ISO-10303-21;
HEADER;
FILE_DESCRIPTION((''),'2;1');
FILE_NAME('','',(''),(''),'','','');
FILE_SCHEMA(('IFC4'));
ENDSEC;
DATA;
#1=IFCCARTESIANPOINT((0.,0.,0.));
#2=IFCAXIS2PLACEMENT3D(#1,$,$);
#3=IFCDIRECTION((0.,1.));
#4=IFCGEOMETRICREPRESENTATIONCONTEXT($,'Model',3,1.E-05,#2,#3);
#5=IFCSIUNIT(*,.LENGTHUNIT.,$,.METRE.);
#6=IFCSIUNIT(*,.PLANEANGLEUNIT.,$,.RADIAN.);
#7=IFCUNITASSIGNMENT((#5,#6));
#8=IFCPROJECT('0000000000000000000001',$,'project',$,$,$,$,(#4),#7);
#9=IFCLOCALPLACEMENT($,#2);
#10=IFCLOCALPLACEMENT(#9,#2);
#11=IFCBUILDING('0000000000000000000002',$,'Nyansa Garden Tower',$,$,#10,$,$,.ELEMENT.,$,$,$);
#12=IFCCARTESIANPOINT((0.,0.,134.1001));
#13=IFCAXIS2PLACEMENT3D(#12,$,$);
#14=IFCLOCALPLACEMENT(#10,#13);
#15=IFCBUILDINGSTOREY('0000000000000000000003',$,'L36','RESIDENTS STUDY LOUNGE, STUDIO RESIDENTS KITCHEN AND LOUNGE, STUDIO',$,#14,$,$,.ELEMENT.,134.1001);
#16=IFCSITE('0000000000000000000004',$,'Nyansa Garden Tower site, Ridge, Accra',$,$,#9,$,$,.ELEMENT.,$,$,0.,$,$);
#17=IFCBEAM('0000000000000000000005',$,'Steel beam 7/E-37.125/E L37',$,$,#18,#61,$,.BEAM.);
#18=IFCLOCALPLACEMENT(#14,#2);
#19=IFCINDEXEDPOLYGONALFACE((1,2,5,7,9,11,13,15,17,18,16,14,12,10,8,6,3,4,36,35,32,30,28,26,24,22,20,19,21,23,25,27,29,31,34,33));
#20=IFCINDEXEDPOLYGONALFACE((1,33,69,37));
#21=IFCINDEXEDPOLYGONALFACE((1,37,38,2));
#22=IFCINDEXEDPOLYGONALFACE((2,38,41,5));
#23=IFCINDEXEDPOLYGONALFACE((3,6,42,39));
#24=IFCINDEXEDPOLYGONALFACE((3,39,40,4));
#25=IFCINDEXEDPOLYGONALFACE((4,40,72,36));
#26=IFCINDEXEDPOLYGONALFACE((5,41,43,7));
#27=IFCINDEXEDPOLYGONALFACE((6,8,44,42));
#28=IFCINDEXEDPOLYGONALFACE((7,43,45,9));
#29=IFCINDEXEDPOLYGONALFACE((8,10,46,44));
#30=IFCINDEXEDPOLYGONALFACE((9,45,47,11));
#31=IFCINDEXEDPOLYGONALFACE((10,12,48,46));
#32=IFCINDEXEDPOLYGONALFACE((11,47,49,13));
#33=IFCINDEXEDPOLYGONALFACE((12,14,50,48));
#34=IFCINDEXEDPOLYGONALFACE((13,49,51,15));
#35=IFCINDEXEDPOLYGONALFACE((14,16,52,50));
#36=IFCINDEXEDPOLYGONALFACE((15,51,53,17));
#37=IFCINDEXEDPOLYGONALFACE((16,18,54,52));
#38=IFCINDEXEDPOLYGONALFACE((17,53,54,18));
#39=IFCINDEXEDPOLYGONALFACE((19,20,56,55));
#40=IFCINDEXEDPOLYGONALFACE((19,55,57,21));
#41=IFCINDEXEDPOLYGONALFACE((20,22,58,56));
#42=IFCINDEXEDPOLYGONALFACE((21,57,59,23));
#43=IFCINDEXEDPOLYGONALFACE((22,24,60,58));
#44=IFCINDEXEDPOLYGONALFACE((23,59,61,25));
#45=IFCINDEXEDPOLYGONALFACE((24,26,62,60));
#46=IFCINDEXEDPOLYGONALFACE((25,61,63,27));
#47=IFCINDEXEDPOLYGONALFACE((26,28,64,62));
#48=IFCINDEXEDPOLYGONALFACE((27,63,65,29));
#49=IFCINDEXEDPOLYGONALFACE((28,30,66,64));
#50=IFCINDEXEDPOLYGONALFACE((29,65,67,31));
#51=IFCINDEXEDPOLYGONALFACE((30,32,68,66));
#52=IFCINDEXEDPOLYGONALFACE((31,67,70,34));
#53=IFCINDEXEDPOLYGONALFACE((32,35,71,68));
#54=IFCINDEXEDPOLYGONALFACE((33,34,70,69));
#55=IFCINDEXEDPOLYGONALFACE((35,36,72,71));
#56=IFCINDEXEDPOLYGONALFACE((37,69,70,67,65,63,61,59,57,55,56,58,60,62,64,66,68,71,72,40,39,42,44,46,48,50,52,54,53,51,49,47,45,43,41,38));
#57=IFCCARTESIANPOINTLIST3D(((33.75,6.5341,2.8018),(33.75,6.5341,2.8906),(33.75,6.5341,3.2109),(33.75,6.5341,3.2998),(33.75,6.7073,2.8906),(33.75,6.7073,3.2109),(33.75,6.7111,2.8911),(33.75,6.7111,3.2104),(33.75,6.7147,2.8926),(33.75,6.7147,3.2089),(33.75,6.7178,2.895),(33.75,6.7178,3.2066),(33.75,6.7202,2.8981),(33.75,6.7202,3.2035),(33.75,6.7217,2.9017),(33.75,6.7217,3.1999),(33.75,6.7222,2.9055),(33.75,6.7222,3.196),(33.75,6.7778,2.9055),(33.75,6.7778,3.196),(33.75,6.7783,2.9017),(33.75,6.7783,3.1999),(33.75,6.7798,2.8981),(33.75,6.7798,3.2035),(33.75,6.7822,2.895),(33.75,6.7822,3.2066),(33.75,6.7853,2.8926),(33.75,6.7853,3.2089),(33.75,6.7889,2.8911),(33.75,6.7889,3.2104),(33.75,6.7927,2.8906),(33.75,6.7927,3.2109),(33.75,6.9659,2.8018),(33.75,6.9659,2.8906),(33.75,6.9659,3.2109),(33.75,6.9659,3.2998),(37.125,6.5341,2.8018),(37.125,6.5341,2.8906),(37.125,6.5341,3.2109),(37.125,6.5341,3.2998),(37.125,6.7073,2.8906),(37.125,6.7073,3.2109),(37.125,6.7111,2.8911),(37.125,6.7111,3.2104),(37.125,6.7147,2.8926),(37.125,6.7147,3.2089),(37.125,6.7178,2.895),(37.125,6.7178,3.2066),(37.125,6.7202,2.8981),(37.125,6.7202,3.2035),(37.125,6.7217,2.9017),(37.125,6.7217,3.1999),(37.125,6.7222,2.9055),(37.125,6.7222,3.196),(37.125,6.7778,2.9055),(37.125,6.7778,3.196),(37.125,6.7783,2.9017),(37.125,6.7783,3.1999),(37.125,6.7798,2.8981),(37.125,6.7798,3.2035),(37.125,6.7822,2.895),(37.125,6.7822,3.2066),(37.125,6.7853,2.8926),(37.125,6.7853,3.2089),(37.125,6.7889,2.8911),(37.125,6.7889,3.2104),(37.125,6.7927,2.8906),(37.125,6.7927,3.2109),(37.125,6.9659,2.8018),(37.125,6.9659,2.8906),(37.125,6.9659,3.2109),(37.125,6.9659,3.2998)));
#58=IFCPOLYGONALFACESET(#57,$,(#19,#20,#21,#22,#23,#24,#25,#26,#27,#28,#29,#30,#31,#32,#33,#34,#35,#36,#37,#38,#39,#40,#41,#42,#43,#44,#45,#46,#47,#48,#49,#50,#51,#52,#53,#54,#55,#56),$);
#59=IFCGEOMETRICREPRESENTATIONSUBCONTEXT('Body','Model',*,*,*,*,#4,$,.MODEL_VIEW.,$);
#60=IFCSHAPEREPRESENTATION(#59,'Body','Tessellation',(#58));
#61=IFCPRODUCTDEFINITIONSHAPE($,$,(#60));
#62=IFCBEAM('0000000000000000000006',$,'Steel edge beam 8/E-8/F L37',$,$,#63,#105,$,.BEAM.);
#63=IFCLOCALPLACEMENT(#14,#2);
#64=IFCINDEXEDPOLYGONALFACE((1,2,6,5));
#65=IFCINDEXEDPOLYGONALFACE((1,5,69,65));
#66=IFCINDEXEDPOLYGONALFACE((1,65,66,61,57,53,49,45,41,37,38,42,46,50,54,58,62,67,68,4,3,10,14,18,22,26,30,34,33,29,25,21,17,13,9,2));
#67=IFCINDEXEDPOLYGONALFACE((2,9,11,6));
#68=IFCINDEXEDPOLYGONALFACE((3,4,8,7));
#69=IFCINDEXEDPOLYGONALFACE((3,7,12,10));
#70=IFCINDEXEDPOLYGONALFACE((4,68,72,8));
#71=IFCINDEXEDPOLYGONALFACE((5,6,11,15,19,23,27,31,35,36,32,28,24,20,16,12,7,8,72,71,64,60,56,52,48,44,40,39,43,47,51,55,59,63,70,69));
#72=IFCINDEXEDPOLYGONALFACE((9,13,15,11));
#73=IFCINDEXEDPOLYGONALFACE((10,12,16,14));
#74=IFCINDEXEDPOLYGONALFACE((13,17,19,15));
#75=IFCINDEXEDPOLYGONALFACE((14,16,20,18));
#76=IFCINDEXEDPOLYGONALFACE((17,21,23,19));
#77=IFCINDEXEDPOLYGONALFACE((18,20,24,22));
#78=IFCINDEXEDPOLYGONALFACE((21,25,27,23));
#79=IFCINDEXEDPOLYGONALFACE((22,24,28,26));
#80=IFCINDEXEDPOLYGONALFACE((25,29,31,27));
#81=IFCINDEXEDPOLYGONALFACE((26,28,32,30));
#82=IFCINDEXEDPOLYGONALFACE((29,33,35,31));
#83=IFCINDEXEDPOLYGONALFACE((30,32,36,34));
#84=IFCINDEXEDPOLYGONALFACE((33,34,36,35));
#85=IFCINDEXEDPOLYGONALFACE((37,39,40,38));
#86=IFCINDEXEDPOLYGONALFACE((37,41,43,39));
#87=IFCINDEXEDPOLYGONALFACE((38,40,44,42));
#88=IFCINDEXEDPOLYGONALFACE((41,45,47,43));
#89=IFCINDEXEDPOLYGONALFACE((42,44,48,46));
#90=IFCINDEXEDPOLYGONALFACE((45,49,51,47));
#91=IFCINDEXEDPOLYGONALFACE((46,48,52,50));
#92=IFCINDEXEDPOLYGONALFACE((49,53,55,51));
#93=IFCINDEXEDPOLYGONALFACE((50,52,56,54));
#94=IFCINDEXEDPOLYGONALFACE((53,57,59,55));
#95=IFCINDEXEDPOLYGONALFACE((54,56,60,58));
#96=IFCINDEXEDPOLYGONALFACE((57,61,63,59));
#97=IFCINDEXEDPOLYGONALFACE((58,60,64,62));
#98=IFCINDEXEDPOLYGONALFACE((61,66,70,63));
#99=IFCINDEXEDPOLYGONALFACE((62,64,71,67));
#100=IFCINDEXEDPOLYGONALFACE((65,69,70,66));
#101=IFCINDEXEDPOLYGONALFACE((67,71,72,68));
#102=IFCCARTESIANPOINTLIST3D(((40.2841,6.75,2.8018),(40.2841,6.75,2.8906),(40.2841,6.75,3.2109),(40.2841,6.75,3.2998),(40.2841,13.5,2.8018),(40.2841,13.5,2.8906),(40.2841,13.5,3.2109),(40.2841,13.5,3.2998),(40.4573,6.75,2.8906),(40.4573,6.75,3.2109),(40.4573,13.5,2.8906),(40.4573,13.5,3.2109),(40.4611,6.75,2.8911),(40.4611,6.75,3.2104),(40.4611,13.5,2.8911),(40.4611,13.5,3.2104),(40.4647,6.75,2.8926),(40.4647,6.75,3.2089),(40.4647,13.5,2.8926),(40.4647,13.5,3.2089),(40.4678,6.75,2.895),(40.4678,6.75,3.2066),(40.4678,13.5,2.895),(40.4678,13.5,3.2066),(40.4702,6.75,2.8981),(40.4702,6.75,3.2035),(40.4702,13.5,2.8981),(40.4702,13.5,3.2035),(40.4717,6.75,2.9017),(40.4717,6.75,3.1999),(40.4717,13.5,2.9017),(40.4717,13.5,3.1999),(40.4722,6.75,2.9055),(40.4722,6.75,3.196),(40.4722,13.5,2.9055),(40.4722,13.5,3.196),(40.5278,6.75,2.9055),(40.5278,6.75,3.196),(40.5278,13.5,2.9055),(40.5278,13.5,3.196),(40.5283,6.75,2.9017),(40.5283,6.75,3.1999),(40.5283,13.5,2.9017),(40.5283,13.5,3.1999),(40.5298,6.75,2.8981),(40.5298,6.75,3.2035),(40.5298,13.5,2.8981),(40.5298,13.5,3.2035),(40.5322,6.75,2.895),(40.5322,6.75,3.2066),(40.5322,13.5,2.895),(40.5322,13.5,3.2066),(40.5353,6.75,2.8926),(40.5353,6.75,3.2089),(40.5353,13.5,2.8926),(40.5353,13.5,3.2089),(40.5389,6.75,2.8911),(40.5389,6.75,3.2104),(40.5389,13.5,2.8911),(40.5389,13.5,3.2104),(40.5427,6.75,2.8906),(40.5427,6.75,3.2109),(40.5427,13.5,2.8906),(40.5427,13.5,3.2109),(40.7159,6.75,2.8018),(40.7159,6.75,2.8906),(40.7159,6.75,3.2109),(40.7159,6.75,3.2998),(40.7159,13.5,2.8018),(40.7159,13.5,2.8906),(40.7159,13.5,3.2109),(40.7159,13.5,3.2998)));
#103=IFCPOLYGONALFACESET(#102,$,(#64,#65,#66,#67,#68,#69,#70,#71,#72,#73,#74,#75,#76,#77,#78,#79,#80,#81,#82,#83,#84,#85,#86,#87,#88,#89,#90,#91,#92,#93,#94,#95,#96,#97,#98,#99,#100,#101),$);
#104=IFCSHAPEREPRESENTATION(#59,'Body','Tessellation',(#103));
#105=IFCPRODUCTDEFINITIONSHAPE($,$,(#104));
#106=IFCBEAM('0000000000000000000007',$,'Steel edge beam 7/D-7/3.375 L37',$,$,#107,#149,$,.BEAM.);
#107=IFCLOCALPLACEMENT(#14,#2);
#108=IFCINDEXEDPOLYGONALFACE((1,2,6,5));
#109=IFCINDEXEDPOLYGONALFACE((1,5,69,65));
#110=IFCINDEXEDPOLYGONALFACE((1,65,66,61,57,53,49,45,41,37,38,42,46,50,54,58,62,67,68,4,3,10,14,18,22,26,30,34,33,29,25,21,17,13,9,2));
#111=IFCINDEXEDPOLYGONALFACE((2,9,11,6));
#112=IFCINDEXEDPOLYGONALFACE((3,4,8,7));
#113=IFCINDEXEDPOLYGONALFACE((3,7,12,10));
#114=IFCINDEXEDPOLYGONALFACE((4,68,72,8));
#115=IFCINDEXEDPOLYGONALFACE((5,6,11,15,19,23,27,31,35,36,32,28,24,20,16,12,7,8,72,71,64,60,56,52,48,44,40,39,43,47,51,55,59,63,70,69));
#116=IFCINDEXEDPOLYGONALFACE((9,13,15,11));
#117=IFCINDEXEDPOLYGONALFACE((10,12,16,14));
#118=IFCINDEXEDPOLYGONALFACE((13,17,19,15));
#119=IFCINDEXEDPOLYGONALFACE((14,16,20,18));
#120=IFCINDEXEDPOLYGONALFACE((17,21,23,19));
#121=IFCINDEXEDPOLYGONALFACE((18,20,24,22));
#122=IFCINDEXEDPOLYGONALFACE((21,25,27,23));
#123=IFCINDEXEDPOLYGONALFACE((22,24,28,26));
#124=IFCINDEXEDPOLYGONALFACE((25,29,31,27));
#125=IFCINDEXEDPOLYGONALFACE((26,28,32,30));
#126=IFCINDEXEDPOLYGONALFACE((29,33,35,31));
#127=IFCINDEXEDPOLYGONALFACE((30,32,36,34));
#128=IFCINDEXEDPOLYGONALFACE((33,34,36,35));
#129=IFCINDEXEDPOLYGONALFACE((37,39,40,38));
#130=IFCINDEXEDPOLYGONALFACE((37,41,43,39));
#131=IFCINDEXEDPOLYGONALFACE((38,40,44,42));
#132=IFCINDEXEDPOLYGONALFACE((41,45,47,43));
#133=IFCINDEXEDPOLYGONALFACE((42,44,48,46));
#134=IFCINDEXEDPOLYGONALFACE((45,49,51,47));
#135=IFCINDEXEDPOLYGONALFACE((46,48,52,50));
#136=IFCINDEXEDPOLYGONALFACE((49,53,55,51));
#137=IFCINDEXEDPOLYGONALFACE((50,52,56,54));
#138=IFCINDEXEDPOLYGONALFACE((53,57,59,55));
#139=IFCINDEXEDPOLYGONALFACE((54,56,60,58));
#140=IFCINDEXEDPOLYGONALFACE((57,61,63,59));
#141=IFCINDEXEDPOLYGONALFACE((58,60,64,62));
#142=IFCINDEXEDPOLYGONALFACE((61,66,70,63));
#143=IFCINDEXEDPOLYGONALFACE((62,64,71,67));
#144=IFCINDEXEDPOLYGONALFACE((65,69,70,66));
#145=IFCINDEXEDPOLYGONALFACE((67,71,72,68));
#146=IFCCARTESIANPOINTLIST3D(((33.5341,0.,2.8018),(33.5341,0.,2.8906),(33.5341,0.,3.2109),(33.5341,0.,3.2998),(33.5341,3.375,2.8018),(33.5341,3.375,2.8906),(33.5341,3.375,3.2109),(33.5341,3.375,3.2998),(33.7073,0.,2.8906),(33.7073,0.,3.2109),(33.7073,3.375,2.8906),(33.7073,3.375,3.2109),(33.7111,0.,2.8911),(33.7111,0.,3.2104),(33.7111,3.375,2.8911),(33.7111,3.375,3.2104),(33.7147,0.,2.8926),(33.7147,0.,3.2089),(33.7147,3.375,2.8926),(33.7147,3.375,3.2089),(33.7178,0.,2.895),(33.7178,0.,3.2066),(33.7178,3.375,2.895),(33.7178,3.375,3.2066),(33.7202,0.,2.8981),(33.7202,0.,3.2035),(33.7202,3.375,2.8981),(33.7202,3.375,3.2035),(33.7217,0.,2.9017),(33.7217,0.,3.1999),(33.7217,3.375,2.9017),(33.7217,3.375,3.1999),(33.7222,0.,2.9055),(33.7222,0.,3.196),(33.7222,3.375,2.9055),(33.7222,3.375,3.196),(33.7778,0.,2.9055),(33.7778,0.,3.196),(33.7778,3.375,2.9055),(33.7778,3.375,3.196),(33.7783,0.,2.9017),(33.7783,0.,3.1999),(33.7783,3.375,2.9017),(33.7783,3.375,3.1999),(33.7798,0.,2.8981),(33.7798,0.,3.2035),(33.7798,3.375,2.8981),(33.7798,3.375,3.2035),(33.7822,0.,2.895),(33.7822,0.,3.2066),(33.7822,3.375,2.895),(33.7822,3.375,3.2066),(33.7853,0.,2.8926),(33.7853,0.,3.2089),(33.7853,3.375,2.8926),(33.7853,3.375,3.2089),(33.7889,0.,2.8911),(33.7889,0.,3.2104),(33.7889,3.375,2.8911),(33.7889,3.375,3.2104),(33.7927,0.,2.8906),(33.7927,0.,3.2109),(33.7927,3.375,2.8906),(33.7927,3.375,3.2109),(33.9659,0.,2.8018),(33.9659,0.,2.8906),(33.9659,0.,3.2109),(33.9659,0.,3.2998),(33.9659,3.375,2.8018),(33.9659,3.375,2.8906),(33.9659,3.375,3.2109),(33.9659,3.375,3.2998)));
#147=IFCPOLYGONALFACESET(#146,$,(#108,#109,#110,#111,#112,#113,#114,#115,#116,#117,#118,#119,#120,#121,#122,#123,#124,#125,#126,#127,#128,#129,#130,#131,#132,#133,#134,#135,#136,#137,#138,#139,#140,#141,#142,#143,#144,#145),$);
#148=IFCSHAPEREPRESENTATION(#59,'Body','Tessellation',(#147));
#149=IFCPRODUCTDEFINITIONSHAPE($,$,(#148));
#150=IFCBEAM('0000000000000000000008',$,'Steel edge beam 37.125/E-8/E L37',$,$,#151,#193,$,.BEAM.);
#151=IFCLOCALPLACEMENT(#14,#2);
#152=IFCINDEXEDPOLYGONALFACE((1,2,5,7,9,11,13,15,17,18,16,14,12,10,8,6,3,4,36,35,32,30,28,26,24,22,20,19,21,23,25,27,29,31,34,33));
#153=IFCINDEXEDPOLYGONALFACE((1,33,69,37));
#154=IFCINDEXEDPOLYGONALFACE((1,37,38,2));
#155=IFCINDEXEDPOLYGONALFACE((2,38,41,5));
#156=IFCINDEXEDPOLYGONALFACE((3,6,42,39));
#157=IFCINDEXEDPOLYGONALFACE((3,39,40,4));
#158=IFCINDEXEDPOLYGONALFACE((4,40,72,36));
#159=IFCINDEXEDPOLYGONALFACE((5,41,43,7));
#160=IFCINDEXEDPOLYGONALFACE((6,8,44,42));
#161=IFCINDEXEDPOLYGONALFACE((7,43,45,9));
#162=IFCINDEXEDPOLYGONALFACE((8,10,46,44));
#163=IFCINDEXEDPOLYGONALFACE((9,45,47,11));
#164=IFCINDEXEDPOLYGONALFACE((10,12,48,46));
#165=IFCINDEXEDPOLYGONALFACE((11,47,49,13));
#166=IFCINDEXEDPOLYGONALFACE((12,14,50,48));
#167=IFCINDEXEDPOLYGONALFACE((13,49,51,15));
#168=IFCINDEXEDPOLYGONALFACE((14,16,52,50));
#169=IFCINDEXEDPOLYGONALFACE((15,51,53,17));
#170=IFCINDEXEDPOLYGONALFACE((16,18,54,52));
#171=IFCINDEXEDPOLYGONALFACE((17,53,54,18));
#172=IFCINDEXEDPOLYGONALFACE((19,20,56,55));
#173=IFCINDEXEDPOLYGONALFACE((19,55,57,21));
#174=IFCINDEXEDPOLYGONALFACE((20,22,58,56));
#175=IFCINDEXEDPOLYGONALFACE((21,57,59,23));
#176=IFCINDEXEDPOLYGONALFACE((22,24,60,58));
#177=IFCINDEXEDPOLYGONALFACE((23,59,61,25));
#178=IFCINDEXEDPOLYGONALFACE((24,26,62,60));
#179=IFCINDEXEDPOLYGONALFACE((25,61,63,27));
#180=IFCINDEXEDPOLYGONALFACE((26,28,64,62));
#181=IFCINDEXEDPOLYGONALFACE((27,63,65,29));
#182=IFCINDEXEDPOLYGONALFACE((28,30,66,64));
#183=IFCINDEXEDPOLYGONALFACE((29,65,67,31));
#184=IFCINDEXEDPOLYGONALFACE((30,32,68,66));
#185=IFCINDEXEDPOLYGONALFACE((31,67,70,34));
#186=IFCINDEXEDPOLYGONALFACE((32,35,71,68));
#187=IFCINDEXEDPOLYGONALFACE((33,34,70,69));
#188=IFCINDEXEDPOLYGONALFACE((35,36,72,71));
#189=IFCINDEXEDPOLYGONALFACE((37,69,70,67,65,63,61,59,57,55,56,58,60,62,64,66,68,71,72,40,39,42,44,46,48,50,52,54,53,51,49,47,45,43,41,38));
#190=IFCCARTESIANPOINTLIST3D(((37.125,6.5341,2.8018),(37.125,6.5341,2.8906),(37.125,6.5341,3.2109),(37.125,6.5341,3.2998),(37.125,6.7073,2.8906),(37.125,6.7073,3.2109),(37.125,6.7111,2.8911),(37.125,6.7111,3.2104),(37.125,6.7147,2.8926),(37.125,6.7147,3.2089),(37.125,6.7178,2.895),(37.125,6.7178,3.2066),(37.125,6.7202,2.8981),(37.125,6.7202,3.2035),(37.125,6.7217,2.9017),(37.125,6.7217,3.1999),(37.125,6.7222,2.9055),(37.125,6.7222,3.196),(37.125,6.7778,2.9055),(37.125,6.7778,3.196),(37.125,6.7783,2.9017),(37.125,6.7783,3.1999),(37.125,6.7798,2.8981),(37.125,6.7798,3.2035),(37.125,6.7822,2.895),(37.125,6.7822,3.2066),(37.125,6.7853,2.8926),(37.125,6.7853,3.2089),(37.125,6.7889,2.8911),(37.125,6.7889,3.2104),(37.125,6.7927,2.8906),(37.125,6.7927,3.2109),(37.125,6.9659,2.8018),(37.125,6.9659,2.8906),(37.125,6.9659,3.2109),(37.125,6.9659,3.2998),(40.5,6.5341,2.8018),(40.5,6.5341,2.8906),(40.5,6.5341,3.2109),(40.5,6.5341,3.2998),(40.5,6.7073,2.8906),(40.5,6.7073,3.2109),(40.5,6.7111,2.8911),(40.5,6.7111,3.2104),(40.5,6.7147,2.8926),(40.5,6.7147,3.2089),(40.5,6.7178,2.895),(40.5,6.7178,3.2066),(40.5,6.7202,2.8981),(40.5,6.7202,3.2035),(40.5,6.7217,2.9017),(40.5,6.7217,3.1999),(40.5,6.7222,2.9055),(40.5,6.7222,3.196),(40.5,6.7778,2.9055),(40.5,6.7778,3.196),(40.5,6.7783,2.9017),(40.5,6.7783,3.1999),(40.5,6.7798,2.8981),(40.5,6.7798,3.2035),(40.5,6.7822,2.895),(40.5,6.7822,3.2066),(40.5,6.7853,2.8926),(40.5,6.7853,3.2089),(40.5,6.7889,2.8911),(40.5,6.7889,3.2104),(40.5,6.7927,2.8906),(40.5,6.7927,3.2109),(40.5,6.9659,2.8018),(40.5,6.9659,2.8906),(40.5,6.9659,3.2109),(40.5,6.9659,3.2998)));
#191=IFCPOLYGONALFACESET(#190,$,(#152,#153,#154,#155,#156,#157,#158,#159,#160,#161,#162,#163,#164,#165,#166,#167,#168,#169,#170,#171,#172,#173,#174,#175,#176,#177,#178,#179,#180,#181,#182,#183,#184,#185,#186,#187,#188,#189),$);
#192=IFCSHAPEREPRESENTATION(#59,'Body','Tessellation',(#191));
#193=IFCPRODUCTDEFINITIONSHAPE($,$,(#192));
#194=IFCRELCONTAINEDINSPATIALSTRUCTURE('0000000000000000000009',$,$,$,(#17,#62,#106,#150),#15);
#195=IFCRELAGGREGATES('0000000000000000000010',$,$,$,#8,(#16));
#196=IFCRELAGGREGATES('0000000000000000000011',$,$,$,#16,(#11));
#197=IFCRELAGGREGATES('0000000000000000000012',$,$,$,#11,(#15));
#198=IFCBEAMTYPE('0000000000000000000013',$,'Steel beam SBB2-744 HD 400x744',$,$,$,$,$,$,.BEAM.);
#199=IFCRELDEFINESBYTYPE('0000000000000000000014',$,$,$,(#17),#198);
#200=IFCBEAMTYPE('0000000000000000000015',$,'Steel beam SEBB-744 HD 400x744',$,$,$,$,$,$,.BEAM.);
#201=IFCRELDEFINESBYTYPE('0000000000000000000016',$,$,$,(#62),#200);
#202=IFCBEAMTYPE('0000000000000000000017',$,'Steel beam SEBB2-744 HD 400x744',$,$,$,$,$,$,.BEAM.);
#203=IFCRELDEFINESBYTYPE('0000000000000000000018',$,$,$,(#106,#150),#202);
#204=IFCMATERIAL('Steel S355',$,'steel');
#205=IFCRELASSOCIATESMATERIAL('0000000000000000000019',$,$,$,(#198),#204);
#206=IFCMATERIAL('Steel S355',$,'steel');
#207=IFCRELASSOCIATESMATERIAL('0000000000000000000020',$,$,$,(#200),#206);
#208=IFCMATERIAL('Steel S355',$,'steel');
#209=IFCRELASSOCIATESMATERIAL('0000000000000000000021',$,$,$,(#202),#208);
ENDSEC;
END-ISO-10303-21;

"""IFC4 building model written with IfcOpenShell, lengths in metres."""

from ifc_helpers import new_model, si_unit, direction, frame, origin, origin_2d, place, context, subcontext, project, spatial, i_section, extrude, material, material_profile, profile_set, type_object, element, save


model = new_model("IFC4")

# Units and contexts
model_context = context("Model", 3, precision=1e-05, world=origin(), true_north=direction((0.0, 1.0)))
body_context = subcontext(model_context, "Body", "Model", "MODEL_VIEW")
ifc_project = project(units=[si_unit("LENGTHUNIT", "METRE"), si_unit("PLANEANGLEUNIT", "RADIAN")], contexts=[model_context])

# Site, building, storey
site_placement = place(None, origin())
site = spatial("IfcSite", under=ifc_project, at=site_placement, Name="Nyansa Garden Tower site, Ridge, Accra", CompositionType="ELEMENT", RefElevation=0.0)
building_placement = place(site_placement, origin())
building = spatial("IfcBuilding", under=site, at=building_placement, Name="Nyansa Garden Tower", CompositionType="ELEMENT")
storey_placement = place(building_placement, frame((0.0, 0.0, 134.1001)))
storey = spatial("IfcBuildingStorey", under=building, at=storey_placement, Name="L36", Description="RESIDENTS STUDY LOUNGE, STUDIO RESIDENTS KITCHEN AND LOUNGE, STUDIO", CompositionType="ELEMENT", Elevation=134.1001)

# Beams
ifc_material_1 = material(Name="Steel S355", Category="steel")
ifc_material_profile_1 = material_profile(ifc_material_1, i_section(OverallWidth=0.4319, OverallDepth=0.498, WebThickness=0.0557, FlangeThickness=0.0889, FilletRadius=0.0149, at=origin_2d()), Name="HD 400x744")
ifc_profile_set_1 = profile_set([ifc_material_profile_1], Name="Steel S355")
beam_type_1 = type_object("IfcBeamType", Name="Steel beam SBB2-744 HD 400x744", PredefinedType="BEAM", material=ifc_profile_set_1)
beam_1_placement = place(storey_placement, frame((33.75, 6.75, 3.0508), z_axis=(1.0, 0.0, 0.0), x_axis=(0.0, 1.0, 0.0)))
element("IfcBeam", 1, at=beam_1_placement, inside=storey, type_object=beam_type_1, Name="Steel beam 7/E-37.125/E L37", PredefinedType="BEAM", context=body_context, shape_type="SweptSolid", body=[
    extrude(i_section(OverallWidth=0.4319, OverallDepth=0.498, WebThickness=0.0557, FlangeThickness=0.0889, FilletRadius=0.0149, at=origin_2d()), origin(), (0.0, 0.0, 1.0), 3.375),
])
ifc_material_2 = material(Name="Steel S355", Category="steel")
ifc_material_profile_2 = material_profile(ifc_material_2, i_section(OverallWidth=0.4319, OverallDepth=0.498, WebThickness=0.0557, FlangeThickness=0.0889, FilletRadius=0.0149, at=origin_2d()), Name="HD 400x744")
ifc_profile_set_2 = profile_set([ifc_material_profile_2], Name="Steel S355")
beam_type_2 = type_object("IfcBeamType", Name="Steel beam SEBB-744 HD 400x744", PredefinedType="BEAM", material=ifc_profile_set_2)
beam_2_placement = place(storey_placement, frame((40.5, 6.75, 3.0508), z_axis=(0.0, 1.0, 0.0), x_axis=(-1.0, 0.0, 0.0)))
element("IfcBeam", 2, at=beam_2_placement, inside=storey, type_object=beam_type_2, Name="Steel edge beam 8/E-8/F L37", PredefinedType="BEAM", context=body_context, shape_type="SweptSolid", body=[
    extrude(i_section(OverallWidth=0.4319, OverallDepth=0.498, WebThickness=0.0557, FlangeThickness=0.0889, FilletRadius=0.0149, at=origin_2d()), origin(), (0.0, 0.0, 1.0), 6.75),
])
ifc_material_3 = material(Name="Steel S355", Category="steel")
ifc_material_profile_3 = material_profile(ifc_material_3, i_section(OverallWidth=0.4319, OverallDepth=0.498, WebThickness=0.0557, FlangeThickness=0.0889, FilletRadius=0.0149, at=origin_2d()), Name="HD 400x744")
ifc_profile_set_3 = profile_set([ifc_material_profile_3], Name="Steel S355")
beam_type_3 = type_object("IfcBeamType", Name="Steel beam SEBB2-744 HD 400x744", PredefinedType="BEAM", material=ifc_profile_set_3)
for number, where, z_axis, x_axis, name in (
    (3, (33.75, 0.0, 3.0508), (0.0, 1.0, 0.0), (-1.0, 0.0, 0.0), "Steel edge beam 7/D-7/3.375 L37"),
    (4, (37.125, 6.75, 3.0508), (1.0, 0.0, 0.0), (0.0, 1.0, 0.0), "Steel edge beam 37.125/E-8/E L37"),
):
    element("IfcBeam", number, at=place(storey_placement, frame(where, z_axis=z_axis, x_axis=x_axis)), inside=storey, type_object=beam_type_3, Name=name, PredefinedType="BEAM", context=body_context, shape_type="SweptSolid", body=[
        extrude(i_section(OverallWidth=0.4319, OverallDepth=0.498, WebThickness=0.0557, FlangeThickness=0.0889, FilletRadius=0.0149, at=origin_2d()), origin(), (0.0, 0.0, 1.0), 3.375),
    ])

save(model, "model.ifc")
